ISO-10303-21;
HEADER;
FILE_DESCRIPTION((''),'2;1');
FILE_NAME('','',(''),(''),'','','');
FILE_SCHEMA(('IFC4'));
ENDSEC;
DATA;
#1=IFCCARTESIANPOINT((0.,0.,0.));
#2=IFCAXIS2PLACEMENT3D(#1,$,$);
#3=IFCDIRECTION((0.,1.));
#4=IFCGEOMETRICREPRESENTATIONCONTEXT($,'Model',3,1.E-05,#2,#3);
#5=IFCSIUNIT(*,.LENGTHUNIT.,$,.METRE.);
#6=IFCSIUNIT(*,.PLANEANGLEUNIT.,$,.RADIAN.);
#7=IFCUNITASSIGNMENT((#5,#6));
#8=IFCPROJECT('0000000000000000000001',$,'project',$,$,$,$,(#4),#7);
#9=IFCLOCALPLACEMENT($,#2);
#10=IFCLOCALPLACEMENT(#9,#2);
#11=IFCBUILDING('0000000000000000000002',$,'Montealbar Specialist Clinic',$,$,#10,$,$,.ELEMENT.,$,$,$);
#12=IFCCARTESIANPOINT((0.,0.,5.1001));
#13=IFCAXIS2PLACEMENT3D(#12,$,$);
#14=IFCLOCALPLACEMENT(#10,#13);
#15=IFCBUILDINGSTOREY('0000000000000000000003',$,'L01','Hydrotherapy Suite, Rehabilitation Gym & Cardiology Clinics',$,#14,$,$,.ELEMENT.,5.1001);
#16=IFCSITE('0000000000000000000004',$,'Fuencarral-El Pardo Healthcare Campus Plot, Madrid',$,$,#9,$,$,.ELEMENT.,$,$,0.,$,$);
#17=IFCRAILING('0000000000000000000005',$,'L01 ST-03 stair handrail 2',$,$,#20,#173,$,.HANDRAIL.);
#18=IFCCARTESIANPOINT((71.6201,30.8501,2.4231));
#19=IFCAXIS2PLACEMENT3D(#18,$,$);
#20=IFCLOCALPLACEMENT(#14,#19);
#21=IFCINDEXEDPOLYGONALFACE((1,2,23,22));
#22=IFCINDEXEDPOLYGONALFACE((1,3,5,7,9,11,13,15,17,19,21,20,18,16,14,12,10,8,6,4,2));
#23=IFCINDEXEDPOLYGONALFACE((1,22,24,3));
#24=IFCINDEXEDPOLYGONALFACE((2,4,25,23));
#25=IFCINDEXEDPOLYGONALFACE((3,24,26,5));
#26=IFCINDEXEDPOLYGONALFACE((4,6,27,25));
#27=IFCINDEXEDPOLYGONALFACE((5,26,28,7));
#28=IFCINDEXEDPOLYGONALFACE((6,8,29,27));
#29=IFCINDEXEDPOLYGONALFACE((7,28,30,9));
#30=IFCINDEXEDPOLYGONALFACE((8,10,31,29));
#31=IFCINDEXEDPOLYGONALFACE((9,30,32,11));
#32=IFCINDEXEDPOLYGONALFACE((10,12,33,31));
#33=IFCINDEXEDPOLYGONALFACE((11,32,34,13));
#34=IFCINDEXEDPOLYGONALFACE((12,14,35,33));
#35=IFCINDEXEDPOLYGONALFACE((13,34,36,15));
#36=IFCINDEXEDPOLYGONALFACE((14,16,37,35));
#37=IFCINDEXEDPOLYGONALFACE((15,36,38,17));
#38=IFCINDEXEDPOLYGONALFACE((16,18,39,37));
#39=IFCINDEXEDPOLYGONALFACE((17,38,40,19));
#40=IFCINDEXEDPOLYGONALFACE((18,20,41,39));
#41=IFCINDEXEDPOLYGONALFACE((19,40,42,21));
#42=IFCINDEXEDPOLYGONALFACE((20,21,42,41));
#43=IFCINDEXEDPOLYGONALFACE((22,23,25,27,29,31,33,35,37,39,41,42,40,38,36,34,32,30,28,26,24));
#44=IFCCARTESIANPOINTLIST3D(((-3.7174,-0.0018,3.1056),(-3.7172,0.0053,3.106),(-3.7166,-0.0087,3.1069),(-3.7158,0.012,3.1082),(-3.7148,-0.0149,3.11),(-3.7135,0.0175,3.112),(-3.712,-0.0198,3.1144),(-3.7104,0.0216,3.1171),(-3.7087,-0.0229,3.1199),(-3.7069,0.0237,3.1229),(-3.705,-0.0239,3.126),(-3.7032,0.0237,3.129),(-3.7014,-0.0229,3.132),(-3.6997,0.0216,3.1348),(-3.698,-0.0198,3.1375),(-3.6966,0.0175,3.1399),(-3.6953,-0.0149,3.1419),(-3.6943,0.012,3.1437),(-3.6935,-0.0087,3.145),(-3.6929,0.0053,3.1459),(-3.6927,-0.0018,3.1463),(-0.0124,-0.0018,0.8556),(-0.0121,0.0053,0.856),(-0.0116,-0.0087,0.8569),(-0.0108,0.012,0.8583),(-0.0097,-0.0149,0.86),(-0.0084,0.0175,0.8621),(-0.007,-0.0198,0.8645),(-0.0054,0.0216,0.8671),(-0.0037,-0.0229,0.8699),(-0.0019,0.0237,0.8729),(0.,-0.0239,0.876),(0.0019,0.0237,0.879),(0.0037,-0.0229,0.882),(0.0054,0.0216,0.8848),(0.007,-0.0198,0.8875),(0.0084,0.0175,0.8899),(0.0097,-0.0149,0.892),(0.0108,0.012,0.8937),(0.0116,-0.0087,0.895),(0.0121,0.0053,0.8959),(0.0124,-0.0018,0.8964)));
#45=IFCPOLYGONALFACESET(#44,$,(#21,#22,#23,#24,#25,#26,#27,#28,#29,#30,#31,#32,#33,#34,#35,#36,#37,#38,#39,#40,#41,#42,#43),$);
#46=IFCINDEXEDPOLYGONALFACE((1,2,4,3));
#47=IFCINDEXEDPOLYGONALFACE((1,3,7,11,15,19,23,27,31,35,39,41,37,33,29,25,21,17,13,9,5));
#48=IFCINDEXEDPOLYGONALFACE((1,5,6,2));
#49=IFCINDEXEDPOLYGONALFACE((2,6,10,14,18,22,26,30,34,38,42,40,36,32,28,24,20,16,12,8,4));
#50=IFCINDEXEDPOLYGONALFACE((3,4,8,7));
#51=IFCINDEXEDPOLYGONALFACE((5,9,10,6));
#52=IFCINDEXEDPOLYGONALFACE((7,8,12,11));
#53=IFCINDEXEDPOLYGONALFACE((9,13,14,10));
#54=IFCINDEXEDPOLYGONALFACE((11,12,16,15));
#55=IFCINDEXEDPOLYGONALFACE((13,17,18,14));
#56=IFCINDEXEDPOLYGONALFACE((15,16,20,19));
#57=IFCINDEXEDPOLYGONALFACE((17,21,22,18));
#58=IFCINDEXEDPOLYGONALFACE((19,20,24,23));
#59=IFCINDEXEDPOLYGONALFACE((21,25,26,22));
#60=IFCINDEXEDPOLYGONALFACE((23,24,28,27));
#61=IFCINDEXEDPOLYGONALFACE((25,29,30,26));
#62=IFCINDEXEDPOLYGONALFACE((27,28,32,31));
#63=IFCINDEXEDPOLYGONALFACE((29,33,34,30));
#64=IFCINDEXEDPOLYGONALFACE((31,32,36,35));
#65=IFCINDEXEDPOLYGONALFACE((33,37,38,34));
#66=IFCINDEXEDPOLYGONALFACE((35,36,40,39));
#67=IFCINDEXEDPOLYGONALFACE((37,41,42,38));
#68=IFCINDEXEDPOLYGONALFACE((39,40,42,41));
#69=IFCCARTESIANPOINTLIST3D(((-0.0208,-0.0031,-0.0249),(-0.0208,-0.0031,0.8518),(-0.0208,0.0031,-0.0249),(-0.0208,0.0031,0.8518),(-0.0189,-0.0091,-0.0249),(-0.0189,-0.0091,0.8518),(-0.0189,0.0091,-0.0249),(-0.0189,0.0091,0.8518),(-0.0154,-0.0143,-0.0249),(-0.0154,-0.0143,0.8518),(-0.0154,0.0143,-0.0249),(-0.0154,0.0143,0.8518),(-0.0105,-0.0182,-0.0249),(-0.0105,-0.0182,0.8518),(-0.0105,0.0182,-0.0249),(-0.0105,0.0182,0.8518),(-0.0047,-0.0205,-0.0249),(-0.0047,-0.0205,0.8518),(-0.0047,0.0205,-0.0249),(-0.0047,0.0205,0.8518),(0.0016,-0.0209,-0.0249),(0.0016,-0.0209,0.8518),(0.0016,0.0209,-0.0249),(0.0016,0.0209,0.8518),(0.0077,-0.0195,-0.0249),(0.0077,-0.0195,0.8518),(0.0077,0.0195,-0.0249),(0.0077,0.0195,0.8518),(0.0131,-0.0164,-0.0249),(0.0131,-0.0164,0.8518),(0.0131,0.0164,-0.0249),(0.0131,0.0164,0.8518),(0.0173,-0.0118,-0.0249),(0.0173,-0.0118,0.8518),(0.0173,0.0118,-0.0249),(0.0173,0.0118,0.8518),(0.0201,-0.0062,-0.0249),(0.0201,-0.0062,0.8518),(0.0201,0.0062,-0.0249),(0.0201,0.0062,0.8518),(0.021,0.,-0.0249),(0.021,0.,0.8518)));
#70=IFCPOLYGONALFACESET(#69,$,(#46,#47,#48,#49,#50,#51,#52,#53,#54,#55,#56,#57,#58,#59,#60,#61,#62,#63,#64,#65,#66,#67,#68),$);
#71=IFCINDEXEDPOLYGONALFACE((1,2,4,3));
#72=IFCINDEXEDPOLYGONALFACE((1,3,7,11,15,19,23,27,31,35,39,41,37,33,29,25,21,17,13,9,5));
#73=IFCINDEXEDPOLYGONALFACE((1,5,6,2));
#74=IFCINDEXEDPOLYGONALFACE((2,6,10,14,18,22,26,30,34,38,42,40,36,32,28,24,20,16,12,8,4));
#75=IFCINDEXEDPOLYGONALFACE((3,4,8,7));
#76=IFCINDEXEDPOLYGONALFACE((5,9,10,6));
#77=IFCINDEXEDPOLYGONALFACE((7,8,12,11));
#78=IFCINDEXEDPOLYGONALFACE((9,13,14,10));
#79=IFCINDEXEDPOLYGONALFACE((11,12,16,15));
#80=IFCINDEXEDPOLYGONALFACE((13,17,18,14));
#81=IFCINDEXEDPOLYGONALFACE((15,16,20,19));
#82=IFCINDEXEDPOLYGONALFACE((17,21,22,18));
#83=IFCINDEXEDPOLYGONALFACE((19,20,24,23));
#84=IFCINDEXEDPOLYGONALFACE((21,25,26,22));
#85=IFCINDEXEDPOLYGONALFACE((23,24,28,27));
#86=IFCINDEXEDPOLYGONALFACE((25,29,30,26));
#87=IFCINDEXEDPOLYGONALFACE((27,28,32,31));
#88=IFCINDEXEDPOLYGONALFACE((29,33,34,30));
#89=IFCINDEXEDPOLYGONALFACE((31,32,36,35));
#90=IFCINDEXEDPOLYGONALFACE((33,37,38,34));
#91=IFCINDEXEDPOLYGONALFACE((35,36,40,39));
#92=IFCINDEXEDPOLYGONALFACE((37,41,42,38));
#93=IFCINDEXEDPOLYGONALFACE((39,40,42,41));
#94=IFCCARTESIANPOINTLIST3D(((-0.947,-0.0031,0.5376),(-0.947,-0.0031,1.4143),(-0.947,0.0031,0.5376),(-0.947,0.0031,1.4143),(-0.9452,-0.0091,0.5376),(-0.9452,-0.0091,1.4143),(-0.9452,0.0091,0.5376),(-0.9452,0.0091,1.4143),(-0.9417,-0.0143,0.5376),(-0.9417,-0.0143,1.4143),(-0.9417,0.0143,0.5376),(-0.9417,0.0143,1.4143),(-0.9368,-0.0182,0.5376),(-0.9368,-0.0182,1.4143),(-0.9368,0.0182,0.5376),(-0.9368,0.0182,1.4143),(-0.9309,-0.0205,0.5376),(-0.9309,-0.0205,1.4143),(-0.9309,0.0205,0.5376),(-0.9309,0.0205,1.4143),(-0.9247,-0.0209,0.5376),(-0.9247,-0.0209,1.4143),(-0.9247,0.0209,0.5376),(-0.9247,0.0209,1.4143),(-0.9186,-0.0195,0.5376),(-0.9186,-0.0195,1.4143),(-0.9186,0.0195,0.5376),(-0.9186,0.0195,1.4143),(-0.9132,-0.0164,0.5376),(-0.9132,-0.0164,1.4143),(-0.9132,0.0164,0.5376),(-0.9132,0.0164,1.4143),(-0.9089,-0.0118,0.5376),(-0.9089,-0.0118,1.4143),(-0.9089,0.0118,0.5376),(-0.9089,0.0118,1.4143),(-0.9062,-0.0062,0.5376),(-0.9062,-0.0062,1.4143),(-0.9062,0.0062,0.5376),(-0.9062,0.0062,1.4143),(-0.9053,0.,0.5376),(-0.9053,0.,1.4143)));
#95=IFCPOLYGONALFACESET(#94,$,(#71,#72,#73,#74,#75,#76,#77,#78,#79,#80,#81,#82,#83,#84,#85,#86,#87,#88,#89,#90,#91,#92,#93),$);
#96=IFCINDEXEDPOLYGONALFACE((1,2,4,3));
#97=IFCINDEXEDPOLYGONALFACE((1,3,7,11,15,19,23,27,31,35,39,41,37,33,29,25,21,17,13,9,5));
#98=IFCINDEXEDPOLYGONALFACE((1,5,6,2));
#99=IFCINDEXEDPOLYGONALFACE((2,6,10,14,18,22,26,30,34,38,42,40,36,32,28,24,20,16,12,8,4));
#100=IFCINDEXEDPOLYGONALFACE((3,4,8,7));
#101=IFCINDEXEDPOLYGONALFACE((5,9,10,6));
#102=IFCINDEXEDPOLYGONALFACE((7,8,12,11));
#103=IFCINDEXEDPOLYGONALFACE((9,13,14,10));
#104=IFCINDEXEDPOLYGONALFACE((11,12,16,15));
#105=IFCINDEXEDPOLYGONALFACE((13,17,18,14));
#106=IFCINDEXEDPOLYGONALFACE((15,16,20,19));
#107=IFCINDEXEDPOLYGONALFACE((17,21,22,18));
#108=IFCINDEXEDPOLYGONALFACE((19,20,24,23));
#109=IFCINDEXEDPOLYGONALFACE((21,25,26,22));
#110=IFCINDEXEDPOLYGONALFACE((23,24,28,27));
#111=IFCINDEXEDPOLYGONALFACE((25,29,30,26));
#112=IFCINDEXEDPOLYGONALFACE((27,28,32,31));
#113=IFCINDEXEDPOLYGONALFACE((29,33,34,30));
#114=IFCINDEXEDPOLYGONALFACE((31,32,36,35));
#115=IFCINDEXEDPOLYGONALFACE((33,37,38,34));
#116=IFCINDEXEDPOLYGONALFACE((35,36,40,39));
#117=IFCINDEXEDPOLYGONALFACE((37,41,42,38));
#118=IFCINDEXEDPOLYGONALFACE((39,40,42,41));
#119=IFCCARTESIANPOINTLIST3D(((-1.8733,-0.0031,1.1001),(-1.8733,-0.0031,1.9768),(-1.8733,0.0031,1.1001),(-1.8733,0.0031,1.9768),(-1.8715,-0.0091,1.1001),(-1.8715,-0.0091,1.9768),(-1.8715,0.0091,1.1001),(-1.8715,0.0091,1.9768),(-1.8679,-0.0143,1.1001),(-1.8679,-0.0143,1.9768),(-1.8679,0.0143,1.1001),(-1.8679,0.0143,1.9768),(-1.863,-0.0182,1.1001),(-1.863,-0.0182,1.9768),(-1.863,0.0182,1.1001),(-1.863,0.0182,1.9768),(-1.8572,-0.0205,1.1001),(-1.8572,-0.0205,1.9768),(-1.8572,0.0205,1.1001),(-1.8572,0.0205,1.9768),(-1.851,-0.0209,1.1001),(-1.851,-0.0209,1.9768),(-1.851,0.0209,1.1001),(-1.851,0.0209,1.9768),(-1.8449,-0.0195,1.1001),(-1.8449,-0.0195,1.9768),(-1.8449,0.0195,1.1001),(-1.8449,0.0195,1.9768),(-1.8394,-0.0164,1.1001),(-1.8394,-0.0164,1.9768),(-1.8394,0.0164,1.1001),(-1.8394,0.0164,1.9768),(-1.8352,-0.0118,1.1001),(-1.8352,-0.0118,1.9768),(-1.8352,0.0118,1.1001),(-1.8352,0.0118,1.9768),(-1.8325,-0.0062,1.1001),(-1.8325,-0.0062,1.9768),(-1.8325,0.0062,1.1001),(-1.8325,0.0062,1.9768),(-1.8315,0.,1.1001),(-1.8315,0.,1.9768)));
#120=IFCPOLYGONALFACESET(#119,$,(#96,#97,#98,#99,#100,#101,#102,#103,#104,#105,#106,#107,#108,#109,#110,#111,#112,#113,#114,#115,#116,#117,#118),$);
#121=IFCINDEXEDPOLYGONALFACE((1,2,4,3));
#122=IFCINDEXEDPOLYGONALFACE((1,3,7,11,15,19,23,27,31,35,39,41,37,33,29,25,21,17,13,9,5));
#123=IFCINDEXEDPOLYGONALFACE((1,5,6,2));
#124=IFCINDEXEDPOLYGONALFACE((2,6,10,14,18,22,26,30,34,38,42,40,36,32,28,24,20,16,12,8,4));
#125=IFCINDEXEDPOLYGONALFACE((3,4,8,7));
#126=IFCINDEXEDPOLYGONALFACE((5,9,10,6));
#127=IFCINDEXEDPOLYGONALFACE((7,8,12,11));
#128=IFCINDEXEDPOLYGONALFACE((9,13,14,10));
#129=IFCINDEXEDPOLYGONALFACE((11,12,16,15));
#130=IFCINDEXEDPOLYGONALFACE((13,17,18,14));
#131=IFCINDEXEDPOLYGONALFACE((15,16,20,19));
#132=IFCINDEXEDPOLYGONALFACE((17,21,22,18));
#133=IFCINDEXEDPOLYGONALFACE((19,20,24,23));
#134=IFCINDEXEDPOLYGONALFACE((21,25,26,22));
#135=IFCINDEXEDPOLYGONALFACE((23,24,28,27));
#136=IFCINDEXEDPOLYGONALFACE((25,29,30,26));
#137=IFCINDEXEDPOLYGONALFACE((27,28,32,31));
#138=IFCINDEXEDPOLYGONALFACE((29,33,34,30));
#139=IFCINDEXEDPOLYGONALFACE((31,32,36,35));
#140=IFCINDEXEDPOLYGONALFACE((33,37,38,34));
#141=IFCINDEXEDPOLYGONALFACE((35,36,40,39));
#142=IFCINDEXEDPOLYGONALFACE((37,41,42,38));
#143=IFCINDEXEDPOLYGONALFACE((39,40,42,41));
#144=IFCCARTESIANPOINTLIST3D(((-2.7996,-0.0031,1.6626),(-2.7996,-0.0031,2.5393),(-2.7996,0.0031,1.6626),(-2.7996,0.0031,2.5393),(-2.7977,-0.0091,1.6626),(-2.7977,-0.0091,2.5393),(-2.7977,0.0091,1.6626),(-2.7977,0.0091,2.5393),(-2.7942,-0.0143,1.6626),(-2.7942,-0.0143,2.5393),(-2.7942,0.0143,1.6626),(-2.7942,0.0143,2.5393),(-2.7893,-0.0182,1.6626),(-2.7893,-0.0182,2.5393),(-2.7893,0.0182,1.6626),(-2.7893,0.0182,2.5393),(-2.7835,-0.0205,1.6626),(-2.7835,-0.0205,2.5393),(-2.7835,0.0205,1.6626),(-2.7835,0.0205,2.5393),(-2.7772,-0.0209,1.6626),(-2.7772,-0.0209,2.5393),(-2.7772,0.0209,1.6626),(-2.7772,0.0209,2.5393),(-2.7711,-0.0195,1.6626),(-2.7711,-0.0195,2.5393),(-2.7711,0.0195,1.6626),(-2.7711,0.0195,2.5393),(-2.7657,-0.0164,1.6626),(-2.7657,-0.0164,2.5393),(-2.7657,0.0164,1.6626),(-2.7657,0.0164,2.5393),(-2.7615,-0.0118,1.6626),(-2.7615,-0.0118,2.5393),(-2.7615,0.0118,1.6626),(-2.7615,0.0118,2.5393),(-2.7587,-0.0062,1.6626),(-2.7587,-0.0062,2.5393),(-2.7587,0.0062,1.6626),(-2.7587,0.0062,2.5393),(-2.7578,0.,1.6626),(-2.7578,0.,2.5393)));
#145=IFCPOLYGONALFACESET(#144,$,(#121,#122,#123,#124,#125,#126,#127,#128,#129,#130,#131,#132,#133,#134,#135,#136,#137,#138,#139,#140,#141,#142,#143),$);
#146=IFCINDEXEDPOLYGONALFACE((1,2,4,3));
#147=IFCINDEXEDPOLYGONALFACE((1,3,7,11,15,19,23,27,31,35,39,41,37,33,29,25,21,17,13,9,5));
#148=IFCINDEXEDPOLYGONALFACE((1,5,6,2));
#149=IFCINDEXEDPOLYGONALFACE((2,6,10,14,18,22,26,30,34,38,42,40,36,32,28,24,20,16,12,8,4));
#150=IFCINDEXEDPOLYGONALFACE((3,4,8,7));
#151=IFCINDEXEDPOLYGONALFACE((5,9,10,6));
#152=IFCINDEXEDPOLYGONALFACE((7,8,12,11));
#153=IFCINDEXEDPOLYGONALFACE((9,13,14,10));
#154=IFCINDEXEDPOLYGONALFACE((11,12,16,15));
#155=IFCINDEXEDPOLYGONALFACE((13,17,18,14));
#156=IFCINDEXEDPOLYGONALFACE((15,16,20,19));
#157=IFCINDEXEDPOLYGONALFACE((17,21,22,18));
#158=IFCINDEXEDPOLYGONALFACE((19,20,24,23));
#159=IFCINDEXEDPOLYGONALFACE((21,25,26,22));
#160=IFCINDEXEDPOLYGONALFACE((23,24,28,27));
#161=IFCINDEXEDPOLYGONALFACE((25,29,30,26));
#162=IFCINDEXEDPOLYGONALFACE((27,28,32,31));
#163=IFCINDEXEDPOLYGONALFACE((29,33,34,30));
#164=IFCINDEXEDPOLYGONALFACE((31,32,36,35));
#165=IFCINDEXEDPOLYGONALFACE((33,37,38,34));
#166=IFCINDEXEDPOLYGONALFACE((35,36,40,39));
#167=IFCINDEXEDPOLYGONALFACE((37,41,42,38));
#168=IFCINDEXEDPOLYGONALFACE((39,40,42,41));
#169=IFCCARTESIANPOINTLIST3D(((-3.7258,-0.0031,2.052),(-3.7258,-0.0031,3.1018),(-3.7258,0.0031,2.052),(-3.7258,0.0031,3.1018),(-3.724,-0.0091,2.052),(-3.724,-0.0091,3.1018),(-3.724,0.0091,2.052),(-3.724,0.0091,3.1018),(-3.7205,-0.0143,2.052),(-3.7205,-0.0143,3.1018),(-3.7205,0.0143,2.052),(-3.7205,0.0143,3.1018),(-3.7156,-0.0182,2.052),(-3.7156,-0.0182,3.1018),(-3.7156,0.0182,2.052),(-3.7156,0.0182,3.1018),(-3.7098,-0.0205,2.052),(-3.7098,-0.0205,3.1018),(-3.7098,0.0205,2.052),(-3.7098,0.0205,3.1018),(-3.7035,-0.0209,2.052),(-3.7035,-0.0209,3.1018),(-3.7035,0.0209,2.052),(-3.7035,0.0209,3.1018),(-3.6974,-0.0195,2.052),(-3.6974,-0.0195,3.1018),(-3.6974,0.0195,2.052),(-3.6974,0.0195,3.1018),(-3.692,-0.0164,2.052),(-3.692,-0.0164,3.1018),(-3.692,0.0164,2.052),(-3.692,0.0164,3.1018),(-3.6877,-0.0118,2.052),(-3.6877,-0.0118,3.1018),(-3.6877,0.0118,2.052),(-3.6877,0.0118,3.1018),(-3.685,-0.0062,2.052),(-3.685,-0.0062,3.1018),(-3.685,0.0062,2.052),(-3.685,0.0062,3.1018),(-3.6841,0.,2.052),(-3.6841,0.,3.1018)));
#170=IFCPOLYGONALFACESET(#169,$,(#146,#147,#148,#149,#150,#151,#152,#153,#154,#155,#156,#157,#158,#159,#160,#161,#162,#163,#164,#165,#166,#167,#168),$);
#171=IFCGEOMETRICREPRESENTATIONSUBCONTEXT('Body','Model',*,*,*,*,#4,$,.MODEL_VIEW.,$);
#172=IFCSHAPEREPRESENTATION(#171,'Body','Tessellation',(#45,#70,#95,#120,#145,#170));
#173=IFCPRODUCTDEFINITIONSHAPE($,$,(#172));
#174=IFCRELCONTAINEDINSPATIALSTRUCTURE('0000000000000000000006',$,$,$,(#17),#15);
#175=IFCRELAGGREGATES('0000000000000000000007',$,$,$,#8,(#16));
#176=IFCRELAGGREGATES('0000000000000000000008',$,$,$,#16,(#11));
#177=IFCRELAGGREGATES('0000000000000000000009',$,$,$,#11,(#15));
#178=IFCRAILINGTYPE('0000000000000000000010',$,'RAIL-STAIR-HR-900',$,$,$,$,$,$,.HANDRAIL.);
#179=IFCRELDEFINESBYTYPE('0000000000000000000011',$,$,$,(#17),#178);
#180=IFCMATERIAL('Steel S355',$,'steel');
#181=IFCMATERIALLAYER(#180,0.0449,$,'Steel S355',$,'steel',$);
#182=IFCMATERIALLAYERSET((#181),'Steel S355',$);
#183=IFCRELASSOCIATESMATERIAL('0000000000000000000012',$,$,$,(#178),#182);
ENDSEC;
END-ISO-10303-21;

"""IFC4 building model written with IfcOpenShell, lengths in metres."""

from ifc_helpers import new_model, si_unit, direction, frame, origin, origin_2d, place, context, subcontext, project, spatial, circle, extrude, material, layer, layer_set, type_object, element, save


model = new_model("IFC4")

# Units and contexts
model_context = context("Model", 3, precision=1e-05, world=origin(), true_north=direction((0.0, 1.0)))
body_context = subcontext(model_context, "Body", "Model", "MODEL_VIEW")
ifc_project = project(units=[si_unit("LENGTHUNIT", "METRE"), si_unit("PLANEANGLEUNIT", "RADIAN")], contexts=[model_context])

# Site, building, storey
site_placement = place(None, origin())
site = spatial("IfcSite", under=ifc_project, at=site_placement, Name="Fuencarral-El Pardo Healthcare Campus Plot, Madrid", CompositionType="ELEMENT", RefElevation=0.0)
building_placement = place(site_placement, origin())
building = spatial("IfcBuilding", under=site, at=building_placement, Name="Montealbar Specialist Clinic", CompositionType="ELEMENT")
storey_placement = place(building_placement, frame((0.0, 0.0, 5.1001)))
storey = spatial("IfcBuildingStorey", under=building, at=storey_placement, Name="L01", Description="Hydrotherapy Suite, Rehabilitation Gym & Cardiology Clinics", CompositionType="ELEMENT", Elevation=5.1001)

# Shared definitions
ifc_material_1 = material(Name="Steel S355", Category="steel")

# Railing
ifc_layer_1 = layer(ifc_material_1, 0.0449, Name="Steel S355", Category="steel")
ifc_layer_set_1 = layer_set([ifc_layer_1], Name="Steel S355")
railing_type_1 = type_object("IfcRailingType", Name="RAIL-STAIR-HR-900", PredefinedType="HANDRAIL", material=ifc_layer_set_1)
railing_1_placement = place(storey_placement, frame((71.6201, 30.8501, 2.4231)))
element("IfcRailing", 1, at=railing_1_placement, inside=storey, type_object=railing_type_1, Name="L01 ST-03 stair handrail 2", PredefinedType="HANDRAIL", context=body_context, shape_type="SweptSolid", body=[
    extrude(circle(Radius=0.0239, at=origin_2d()), frame((0.0, 0.0, 0.876), z_axis=(-0.854738, 0.0, 0.51906), x_axis=(0.0, -1.0, 0.0)), (0.0, 0.0, 1.0), 4.3347),
    extrude(circle(Radius=0.021, at=origin_2d()), frame((0.0, 0.0, -0.0249)), (0.0, 0.0, 1.0), 0.8767),
    extrude(circle(Radius=0.021, at=origin_2d()), frame((-0.9263, 0.0, 0.5376)), (0.0, 0.0, 1.0), 0.8767),
    extrude(circle(Radius=0.021, at=origin_2d()), frame((-1.8525, 0.0, 1.1001)), (0.0, 0.0, 1.0), 0.8767),
    extrude(circle(Radius=0.021, at=origin_2d()), frame((-2.7788, 0.0, 1.6626)), (0.0, 0.0, 1.0), 0.8767),
    extrude(circle(Radius=0.021, at=origin_2d()), frame((-3.7051, 0.0, 2.052)), (0.0, 0.0, 1.0), 1.0498),
])

save(model, "model.ifc")
